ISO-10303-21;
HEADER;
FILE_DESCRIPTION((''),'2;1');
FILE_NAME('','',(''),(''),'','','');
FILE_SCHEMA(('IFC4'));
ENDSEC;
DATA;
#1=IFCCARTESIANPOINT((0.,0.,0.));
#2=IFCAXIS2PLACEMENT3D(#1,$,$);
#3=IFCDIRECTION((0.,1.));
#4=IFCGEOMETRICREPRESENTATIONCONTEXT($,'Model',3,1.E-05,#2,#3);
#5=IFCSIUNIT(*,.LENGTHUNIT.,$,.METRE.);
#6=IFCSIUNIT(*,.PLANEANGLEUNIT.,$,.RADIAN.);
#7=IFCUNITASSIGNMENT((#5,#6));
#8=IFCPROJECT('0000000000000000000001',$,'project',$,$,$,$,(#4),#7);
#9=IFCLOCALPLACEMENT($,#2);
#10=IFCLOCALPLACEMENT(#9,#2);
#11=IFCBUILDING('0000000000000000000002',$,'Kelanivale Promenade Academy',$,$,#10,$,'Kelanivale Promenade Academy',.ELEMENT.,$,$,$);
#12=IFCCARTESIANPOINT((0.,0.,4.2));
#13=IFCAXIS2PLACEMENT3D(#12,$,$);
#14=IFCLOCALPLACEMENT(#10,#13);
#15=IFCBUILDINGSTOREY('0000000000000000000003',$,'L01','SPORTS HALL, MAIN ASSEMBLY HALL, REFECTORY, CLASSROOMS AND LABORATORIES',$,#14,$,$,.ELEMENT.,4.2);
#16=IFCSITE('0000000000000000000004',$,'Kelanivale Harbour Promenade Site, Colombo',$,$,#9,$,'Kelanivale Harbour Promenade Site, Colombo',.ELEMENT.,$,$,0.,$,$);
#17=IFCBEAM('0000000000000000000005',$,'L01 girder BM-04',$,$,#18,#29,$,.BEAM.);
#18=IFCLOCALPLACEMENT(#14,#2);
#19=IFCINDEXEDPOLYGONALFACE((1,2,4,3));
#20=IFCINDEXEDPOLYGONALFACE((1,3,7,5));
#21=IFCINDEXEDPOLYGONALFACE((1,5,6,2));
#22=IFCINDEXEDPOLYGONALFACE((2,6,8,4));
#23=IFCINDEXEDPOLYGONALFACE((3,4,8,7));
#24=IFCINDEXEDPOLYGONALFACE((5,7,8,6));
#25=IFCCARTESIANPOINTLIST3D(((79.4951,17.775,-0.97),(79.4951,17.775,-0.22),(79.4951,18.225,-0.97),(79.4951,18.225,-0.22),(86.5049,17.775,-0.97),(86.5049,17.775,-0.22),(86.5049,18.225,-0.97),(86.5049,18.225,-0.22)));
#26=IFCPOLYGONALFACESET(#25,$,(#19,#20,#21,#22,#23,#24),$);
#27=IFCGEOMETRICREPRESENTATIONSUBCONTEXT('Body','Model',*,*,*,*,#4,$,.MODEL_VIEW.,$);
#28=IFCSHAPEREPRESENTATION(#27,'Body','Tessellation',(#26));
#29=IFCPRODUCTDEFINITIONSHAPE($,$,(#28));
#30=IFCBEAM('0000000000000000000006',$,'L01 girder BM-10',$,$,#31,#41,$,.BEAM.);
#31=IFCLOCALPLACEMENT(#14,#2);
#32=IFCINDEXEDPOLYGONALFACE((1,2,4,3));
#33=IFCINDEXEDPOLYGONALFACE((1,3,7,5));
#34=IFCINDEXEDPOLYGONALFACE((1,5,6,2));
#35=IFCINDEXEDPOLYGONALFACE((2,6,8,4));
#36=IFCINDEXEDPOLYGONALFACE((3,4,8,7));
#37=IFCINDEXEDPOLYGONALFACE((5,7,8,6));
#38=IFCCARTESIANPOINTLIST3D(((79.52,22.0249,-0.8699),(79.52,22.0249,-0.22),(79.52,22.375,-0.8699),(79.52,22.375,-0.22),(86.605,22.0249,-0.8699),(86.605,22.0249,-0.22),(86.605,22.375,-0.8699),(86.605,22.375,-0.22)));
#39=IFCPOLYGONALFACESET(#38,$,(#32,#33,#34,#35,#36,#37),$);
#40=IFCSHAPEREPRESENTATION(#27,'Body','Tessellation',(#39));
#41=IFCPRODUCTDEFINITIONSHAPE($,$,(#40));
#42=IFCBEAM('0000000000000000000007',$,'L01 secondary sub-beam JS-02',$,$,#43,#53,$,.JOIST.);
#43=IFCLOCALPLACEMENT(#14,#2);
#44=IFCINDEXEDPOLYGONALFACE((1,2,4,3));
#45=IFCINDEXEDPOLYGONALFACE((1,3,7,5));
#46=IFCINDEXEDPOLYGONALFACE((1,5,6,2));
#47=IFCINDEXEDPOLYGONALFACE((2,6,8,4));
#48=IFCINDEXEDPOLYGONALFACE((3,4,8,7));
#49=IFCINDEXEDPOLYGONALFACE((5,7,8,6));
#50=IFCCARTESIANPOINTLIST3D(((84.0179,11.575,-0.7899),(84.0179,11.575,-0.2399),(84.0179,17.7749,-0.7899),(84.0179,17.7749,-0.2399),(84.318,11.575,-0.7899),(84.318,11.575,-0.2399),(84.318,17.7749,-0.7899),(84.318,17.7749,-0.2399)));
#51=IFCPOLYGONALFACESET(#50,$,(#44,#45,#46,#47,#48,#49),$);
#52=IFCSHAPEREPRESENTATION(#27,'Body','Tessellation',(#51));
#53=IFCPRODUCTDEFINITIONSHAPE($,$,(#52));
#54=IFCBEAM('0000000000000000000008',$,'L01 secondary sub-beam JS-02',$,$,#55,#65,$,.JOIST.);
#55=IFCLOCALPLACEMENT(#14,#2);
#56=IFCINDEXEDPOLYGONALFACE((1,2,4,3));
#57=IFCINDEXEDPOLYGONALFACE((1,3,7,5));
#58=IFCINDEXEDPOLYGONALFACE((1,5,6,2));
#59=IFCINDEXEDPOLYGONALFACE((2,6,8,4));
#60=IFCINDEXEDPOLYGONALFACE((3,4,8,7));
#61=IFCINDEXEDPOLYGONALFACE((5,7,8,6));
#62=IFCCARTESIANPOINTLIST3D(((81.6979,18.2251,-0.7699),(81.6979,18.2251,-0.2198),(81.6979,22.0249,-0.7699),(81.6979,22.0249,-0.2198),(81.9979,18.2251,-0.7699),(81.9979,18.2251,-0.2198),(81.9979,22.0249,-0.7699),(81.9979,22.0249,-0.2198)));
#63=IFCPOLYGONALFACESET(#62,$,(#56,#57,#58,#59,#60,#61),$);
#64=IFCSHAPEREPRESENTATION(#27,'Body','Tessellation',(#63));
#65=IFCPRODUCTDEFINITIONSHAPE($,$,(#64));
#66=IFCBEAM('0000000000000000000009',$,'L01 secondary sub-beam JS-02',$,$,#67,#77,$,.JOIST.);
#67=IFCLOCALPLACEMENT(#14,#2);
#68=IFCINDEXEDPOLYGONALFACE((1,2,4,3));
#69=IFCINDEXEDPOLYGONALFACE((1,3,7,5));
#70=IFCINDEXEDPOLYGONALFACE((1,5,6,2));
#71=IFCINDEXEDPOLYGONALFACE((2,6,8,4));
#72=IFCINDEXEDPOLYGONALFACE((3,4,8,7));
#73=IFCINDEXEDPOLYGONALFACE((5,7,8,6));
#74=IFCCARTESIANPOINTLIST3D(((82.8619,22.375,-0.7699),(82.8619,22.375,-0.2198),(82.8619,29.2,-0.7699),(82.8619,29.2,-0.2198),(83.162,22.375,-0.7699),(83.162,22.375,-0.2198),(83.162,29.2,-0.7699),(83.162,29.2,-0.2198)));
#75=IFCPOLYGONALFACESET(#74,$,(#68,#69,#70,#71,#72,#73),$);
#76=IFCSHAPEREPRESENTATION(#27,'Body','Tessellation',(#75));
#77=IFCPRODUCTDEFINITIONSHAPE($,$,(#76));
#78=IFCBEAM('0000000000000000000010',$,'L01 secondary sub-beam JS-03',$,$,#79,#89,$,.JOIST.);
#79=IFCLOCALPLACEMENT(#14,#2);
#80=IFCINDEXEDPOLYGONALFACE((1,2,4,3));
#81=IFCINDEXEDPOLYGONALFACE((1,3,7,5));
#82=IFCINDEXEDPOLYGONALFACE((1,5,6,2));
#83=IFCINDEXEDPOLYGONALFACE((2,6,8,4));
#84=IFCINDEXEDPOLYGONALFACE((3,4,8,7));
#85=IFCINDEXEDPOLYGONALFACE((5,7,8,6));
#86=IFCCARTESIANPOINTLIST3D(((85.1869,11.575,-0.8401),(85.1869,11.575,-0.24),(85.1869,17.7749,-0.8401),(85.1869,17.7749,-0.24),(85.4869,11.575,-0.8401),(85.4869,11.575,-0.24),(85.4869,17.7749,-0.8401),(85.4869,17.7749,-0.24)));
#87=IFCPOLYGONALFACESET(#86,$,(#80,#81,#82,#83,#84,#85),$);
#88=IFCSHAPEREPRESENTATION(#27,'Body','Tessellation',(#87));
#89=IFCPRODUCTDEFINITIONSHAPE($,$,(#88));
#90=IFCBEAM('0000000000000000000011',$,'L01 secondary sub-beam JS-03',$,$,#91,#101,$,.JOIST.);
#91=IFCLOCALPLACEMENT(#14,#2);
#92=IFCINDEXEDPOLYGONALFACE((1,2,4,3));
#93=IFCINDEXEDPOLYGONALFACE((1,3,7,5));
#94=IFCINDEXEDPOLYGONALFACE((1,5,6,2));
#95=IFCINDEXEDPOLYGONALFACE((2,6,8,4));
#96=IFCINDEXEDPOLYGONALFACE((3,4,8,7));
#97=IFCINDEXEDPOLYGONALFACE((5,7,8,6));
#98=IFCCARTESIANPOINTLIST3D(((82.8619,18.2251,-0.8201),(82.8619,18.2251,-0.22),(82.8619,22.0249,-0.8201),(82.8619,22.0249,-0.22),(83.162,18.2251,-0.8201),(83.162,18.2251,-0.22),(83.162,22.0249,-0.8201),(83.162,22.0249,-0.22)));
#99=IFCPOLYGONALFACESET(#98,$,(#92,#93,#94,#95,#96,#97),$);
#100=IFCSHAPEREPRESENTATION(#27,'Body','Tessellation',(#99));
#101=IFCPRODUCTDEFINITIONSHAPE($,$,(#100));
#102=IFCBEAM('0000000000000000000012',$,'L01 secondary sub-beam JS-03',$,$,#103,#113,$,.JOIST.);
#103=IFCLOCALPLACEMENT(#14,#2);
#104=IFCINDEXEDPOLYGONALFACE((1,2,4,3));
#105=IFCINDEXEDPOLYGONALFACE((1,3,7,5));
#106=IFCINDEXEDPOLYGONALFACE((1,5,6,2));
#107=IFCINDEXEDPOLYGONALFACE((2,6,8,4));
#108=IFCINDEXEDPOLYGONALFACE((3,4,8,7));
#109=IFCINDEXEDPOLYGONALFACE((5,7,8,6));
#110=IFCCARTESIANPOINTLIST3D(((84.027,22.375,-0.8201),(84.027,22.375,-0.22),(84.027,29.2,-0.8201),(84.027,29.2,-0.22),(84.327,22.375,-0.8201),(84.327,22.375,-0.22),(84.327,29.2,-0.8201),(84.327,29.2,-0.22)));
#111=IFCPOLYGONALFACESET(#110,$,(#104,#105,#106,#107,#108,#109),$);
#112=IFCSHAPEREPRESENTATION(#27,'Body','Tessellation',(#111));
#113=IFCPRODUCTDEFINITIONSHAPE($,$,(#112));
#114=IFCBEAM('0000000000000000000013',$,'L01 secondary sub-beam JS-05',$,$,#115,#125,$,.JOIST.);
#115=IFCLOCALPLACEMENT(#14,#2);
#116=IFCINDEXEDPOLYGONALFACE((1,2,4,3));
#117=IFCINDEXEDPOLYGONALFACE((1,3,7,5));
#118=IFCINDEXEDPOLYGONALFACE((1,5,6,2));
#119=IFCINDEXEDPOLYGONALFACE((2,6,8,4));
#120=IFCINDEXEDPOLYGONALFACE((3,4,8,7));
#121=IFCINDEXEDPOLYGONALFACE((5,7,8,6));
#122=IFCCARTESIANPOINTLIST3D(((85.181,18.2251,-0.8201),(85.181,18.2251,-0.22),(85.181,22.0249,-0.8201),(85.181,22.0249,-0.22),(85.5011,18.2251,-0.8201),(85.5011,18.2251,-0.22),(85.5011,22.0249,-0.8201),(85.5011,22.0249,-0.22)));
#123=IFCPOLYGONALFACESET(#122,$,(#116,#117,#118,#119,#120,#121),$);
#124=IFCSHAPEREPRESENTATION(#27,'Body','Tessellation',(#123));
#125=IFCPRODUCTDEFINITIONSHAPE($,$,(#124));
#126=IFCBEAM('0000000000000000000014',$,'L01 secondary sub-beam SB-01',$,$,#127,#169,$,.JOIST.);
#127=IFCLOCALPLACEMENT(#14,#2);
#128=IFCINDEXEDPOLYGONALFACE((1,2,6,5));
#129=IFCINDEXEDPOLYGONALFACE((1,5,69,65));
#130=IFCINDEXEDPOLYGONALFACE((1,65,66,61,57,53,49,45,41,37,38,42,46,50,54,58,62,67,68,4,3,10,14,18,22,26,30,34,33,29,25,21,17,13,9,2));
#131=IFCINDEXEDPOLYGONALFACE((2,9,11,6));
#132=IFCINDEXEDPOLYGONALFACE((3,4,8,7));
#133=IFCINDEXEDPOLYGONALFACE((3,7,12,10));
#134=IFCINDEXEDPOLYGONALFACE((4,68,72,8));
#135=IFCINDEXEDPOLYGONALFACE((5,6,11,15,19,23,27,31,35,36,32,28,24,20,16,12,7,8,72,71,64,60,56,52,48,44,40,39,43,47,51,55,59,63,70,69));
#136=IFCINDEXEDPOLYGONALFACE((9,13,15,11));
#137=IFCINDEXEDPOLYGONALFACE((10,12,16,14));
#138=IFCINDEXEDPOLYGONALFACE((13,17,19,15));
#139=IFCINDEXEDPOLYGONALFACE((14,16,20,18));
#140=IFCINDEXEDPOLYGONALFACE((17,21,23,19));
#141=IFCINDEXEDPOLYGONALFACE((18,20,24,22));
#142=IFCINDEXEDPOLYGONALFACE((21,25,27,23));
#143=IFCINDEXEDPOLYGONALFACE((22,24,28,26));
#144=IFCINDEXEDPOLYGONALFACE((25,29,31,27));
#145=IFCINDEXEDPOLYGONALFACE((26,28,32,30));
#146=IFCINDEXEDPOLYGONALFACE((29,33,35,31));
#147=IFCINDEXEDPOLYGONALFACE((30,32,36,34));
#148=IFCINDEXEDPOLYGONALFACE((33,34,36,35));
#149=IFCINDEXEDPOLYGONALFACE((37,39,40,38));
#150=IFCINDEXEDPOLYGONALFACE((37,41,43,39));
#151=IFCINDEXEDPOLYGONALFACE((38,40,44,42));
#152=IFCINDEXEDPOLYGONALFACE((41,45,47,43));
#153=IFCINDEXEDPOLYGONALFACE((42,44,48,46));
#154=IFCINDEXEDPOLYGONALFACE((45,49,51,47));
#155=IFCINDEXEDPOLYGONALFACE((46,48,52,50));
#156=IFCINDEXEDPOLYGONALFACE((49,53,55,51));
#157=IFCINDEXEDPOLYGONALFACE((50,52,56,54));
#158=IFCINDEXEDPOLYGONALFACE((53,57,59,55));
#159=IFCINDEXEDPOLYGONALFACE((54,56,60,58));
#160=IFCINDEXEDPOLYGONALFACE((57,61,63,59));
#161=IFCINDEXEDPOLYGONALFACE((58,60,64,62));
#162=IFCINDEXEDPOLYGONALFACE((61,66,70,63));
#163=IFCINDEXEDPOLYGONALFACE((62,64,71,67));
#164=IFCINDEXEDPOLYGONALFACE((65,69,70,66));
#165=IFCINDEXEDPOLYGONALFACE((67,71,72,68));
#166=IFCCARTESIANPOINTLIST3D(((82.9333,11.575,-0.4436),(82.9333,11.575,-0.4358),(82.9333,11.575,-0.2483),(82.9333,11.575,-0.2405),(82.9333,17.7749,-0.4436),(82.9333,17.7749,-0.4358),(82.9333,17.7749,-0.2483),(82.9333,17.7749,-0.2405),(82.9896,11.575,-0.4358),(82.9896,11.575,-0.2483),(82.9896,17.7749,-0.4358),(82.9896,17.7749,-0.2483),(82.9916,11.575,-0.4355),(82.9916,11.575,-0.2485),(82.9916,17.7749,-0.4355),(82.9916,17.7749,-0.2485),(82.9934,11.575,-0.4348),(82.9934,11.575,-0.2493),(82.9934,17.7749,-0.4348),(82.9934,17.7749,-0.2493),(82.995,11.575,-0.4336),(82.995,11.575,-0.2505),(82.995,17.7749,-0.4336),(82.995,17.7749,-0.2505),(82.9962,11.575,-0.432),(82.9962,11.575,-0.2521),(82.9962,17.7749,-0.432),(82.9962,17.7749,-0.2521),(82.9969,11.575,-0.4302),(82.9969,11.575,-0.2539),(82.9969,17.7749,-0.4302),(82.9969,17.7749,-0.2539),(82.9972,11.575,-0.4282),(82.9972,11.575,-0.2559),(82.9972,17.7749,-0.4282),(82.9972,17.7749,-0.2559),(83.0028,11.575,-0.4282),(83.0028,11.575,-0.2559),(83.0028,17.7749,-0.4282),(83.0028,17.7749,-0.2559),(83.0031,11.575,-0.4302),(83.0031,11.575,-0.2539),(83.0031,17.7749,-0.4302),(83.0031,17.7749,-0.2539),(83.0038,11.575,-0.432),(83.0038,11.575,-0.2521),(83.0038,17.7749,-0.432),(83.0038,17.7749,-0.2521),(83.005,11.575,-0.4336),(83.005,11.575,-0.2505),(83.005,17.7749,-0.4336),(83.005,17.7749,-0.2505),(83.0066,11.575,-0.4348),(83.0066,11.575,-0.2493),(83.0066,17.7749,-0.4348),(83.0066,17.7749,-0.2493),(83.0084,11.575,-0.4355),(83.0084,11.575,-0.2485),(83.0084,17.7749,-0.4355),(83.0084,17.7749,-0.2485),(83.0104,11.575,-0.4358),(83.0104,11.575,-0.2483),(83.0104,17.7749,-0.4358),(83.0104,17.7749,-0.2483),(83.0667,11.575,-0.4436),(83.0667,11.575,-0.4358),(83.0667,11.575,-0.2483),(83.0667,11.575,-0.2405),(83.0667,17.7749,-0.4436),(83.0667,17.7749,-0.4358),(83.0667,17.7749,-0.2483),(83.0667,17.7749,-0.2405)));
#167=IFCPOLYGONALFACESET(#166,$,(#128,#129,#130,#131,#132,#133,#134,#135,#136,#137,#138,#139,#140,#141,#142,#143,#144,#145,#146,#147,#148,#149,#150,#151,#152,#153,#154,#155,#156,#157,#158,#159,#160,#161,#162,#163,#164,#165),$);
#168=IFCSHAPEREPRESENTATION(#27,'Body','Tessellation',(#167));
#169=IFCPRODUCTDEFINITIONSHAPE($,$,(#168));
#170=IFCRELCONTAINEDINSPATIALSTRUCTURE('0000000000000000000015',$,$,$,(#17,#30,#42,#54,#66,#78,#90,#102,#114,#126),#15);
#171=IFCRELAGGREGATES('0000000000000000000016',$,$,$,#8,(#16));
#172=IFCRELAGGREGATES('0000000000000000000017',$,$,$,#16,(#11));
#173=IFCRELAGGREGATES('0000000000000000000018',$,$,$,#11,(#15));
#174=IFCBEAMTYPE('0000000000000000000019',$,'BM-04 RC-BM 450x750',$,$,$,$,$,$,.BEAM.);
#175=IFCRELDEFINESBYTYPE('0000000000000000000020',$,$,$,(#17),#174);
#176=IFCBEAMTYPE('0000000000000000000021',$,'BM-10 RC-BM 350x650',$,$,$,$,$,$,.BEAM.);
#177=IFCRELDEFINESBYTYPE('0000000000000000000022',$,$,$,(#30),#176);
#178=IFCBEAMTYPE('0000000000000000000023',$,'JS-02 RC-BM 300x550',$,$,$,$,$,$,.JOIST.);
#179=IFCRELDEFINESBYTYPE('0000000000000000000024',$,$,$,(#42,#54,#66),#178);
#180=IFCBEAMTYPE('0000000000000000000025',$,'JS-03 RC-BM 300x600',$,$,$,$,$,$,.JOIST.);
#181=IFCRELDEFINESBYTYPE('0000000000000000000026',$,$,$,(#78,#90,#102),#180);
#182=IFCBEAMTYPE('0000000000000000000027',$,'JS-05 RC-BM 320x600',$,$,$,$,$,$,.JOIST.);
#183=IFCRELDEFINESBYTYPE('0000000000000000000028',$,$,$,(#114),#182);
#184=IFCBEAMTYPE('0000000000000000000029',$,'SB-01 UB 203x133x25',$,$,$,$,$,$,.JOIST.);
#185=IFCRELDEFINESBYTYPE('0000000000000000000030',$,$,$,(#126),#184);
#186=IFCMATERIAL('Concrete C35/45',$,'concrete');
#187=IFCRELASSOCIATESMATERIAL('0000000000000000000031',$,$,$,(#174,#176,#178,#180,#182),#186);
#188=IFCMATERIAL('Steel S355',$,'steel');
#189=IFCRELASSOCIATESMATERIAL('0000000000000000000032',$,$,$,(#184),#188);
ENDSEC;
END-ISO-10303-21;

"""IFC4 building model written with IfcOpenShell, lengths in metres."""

from ifc_helpers import new_model, si_unit, direction, frame, origin, origin_2d, place, context, subcontext, project, spatial, rectangle, i_section, extrude, material, material_profile, profile_set, type_object, element, save


model = new_model("IFC4")

# Units and contexts
model_context = context("Model", 3, precision=1e-05, world=origin(), true_north=direction((0.0, 1.0)))
body_context = subcontext(model_context, "Body", "Model", "MODEL_VIEW")
ifc_project = project(units=[si_unit("LENGTHUNIT", "METRE"), si_unit("PLANEANGLEUNIT", "RADIAN")], contexts=[model_context])

# Site, building, storey
site_placement = place(None, origin())
site = spatial("IfcSite", under=ifc_project, at=site_placement, Name="Kelanivale Harbour Promenade Site, Colombo", LongName="Kelanivale Harbour Promenade Site, Colombo", CompositionType="ELEMENT", RefElevation=0.0)
building_placement = place(site_placement, origin())
building = spatial("IfcBuilding", under=site, at=building_placement, Name="Kelanivale Promenade Academy", LongName="Kelanivale Promenade Academy", CompositionType="ELEMENT")
storey_placement = place(building_placement, frame((0.0, 0.0, 4.2)))
storey = spatial("IfcBuildingStorey", under=building, at=storey_placement, Name="L01", Description="SPORTS HALL, MAIN ASSEMBLY HALL, REFECTORY, CLASSROOMS AND LABORATORIES", CompositionType="ELEMENT", Elevation=4.2)

# Beams
ifc_material_1 = material(Name="Concrete C35/45", Category="concrete")
ifc_material_profile_1 = material_profile(ifc_material_1, rectangle(XDim=0.45, YDim=0.75, at=origin_2d()), Name="RC-BM 450x750")
ifc_profile_set_1 = profile_set([ifc_material_profile_1], Name="Concrete C35/45")
beam_type_1 = type_object("IfcBeamType", Name="BM-04 RC-BM 450x750", PredefinedType="BEAM", material=ifc_profile_set_1)
beam_1_placement = place(storey_placement, frame((79.4951, 18.0, -0.595), z_axis=(1.0, 0.0, 0.0), x_axis=(0.0, 1.0, 0.0)))
element("IfcBeam", 1, at=beam_1_placement, inside=storey, type_object=beam_type_1, Name="L01 girder BM-04", PredefinedType="BEAM", context=body_context, shape_type="SweptSolid", body=[
    extrude(rectangle(XDim=0.45, YDim=0.75, at=origin_2d()), origin(), (0.0, 0.0, 1.0), 7.0098),
])
ifc_material_profile_2 = material_profile(ifc_material_1, rectangle(XDim=0.3501, YDim=0.6499, at=origin_2d()), Name="RC-BM 350x650")
ifc_profile_set_2 = profile_set([ifc_material_profile_2], Name="Concrete C35/45")
beam_type_2 = type_object("IfcBeamType", Name="BM-10 RC-BM 350x650", PredefinedType="BEAM", material=ifc_profile_set_2)
beam_2_placement = place(storey_placement, frame((79.52, 22.2, -0.5449), z_axis=(1.0, 0.0, 0.0), x_axis=(0.0, 1.0, 0.0)))
element("IfcBeam", 2, at=beam_2_placement, inside=storey, type_object=beam_type_2, Name="L01 girder BM-10", PredefinedType="BEAM", context=body_context, shape_type="SweptSolid", body=[
    extrude(rectangle(XDim=0.3501, YDim=0.6499, at=origin_2d()), origin(), (0.0, 0.0, 1.0), 7.085),
])
ifc_material_profile_3 = material_profile(ifc_material_1, rectangle(XDim=0.3, YDim=0.55, at=origin_2d()), Name="RC-BM 300x550")
ifc_profile_set_3 = profile_set([ifc_material_profile_3], Name="Concrete C35/45")
beam_type_3 = type_object("IfcBeamType", Name="JS-02 RC-BM 300x550", PredefinedType="JOIST", material=ifc_profile_set_3)
beam_3_placement = place(storey_placement, frame((84.168, 11.575, -0.5149), z_axis=(0.0, 1.0, 0.0), x_axis=(-1.0, 0.0, 0.0)))
element("IfcBeam", 3, at=beam_3_placement, inside=storey, type_object=beam_type_3, Name="L01 secondary sub-beam JS-02", PredefinedType="JOIST", context=body_context, shape_type="SweptSolid", body=[
    extrude(rectangle(XDim=0.3, YDim=0.55, at=origin_2d()), origin(), (0.0, 0.0, 1.0), 6.2),
])
beam_4_placement = place(storey_placement, frame((81.8479, 18.2251, -0.4949), z_axis=(0.0, 1.0, 0.0), x_axis=(-1.0, 0.0, 0.0)))
element("IfcBeam", 4, at=beam_4_placement, inside=storey, type_object=beam_type_3, Name="L01 secondary sub-beam JS-02", PredefinedType="JOIST", context=body_context, shape_type="SweptSolid", body=[
    extrude(rectangle(XDim=0.3, YDim=0.55, at=origin_2d()), origin(), (0.0, 0.0, 1.0), 3.7998),
])
beam_5_placement = place(storey_placement, frame((83.012, 22.375, -0.4949), z_axis=(0.0, 1.0, 0.0), x_axis=(-1.0, 0.0, 0.0)))
element("IfcBeam", 5, at=beam_5_placement, inside=storey, type_object=beam_type_3, Name="L01 secondary sub-beam JS-02", PredefinedType="JOIST", context=body_context, shape_type="SweptSolid", body=[
    extrude(rectangle(XDim=0.3, YDim=0.55, at=origin_2d()), origin(), (0.0, 0.0, 1.0), 6.825),
])
ifc_material_profile_4 = material_profile(ifc_material_1, rectangle(XDim=0.3, YDim=0.6001, at=origin_2d()), Name="RC-BM 300x600")
ifc_profile_set_4 = profile_set([ifc_material_profile_4], Name="Concrete C35/45")
beam_type_4 = type_object("IfcBeamType", Name="JS-03 RC-BM 300x600", PredefinedType="JOIST", material=ifc_profile_set_4)
beam_6_placement = place(storey_placement, frame((85.3369, 11.575, -0.54), z_axis=(0.0, 1.0, 0.0), x_axis=(-1.0, 0.0, 0.0)))
element("IfcBeam", 6, at=beam_6_placement, inside=storey, type_object=beam_type_4, Name="L01 secondary sub-beam JS-03", PredefinedType="JOIST", context=body_context, shape_type="SweptSolid", body=[
    extrude(rectangle(XDim=0.3, YDim=0.6001, at=origin_2d()), origin(), (0.0, 0.0, 1.0), 6.2),
])
beam_7_placement = place(storey_placement, frame((83.012, 18.2251, -0.52), z_axis=(0.0, 1.0, 0.0), x_axis=(-1.0, 0.0, 0.0)))
element("IfcBeam", 7, at=beam_7_placement, inside=storey, type_object=beam_type_4, Name="L01 secondary sub-beam JS-03", PredefinedType="JOIST", context=body_context, shape_type="SweptSolid", body=[
    extrude(rectangle(XDim=0.3, YDim=0.6001, at=origin_2d()), origin(), (0.0, 0.0, 1.0), 3.7998),
])
beam_8_placement = place(storey_placement, frame((84.177, 22.375, -0.52), z_axis=(0.0, 1.0, 0.0), x_axis=(-1.0, 0.0, 0.0)))
element("IfcBeam", 8, at=beam_8_placement, inside=storey, type_object=beam_type_4, Name="L01 secondary sub-beam JS-03", PredefinedType="JOIST", context=body_context, shape_type="SweptSolid", body=[
    extrude(rectangle(XDim=0.3, YDim=0.6001, at=origin_2d()), origin(), (0.0, 0.0, 1.0), 6.825),
])
ifc_material_profile_5 = material_profile(ifc_material_1, rectangle(XDim=0.3201, YDim=0.6001, at=origin_2d()), Name="RC-BM 320x600")
ifc_profile_set_5 = profile_set([ifc_material_profile_5], Name="Concrete C35/45")
beam_type_5 = type_object("IfcBeamType", Name="JS-05 RC-BM 320x600", PredefinedType="JOIST", material=ifc_profile_set_5)
beam_9_placement = place(storey_placement, frame((85.3411, 18.2251, -0.52), z_axis=(0.0, 1.0, 0.0), x_axis=(-1.0, 0.0, 0.0)))
element("IfcBeam", 9, at=beam_9_placement, inside=storey, type_object=beam_type_5, Name="L01 secondary sub-beam JS-05", PredefinedType="JOIST", context=body_context, shape_type="SweptSolid", body=[
    extrude(rectangle(XDim=0.3201, YDim=0.6001, at=origin_2d()), origin(), (0.0, 0.0, 1.0), 3.7998),
])
ifc_material_2 = material(Name="Steel S355", Category="steel")
ifc_material_profile_6 = material_profile(ifc_material_2, i_section(OverallWidth=0.1333, OverallDepth=0.2031, WebThickness=0.0056, FlangeThickness=0.0078, FilletRadius=0.0076, at=origin_2d()), Name="UB 203x133x25")
ifc_profile_set_6 = profile_set([ifc_material_profile_6], Name="Steel S355")
beam_type_6 = type_object("IfcBeamType", Name="SB-01 UB 203x133x25", PredefinedType="JOIST", material=ifc_profile_set_6)
beam_10_placement = place(storey_placement, frame((83.0, 11.575, -0.342), z_axis=(0.0, 1.0, 0.0), x_axis=(-1.0, 0.0, 0.0)))
element("IfcBeam", 10, at=beam_10_placement, inside=storey, type_object=beam_type_6, Name="L01 secondary sub-beam SB-01", PredefinedType="JOIST", context=body_context, shape_type="SweptSolid", body=[
    extrude(i_section(OverallWidth=0.1333, OverallDepth=0.2031, WebThickness=0.0056, FlangeThickness=0.0078, FilletRadius=0.0076, at=origin_2d()), origin(), (0.0, 0.0, 1.0), 6.2),
])

save(model, "model.ifc")
